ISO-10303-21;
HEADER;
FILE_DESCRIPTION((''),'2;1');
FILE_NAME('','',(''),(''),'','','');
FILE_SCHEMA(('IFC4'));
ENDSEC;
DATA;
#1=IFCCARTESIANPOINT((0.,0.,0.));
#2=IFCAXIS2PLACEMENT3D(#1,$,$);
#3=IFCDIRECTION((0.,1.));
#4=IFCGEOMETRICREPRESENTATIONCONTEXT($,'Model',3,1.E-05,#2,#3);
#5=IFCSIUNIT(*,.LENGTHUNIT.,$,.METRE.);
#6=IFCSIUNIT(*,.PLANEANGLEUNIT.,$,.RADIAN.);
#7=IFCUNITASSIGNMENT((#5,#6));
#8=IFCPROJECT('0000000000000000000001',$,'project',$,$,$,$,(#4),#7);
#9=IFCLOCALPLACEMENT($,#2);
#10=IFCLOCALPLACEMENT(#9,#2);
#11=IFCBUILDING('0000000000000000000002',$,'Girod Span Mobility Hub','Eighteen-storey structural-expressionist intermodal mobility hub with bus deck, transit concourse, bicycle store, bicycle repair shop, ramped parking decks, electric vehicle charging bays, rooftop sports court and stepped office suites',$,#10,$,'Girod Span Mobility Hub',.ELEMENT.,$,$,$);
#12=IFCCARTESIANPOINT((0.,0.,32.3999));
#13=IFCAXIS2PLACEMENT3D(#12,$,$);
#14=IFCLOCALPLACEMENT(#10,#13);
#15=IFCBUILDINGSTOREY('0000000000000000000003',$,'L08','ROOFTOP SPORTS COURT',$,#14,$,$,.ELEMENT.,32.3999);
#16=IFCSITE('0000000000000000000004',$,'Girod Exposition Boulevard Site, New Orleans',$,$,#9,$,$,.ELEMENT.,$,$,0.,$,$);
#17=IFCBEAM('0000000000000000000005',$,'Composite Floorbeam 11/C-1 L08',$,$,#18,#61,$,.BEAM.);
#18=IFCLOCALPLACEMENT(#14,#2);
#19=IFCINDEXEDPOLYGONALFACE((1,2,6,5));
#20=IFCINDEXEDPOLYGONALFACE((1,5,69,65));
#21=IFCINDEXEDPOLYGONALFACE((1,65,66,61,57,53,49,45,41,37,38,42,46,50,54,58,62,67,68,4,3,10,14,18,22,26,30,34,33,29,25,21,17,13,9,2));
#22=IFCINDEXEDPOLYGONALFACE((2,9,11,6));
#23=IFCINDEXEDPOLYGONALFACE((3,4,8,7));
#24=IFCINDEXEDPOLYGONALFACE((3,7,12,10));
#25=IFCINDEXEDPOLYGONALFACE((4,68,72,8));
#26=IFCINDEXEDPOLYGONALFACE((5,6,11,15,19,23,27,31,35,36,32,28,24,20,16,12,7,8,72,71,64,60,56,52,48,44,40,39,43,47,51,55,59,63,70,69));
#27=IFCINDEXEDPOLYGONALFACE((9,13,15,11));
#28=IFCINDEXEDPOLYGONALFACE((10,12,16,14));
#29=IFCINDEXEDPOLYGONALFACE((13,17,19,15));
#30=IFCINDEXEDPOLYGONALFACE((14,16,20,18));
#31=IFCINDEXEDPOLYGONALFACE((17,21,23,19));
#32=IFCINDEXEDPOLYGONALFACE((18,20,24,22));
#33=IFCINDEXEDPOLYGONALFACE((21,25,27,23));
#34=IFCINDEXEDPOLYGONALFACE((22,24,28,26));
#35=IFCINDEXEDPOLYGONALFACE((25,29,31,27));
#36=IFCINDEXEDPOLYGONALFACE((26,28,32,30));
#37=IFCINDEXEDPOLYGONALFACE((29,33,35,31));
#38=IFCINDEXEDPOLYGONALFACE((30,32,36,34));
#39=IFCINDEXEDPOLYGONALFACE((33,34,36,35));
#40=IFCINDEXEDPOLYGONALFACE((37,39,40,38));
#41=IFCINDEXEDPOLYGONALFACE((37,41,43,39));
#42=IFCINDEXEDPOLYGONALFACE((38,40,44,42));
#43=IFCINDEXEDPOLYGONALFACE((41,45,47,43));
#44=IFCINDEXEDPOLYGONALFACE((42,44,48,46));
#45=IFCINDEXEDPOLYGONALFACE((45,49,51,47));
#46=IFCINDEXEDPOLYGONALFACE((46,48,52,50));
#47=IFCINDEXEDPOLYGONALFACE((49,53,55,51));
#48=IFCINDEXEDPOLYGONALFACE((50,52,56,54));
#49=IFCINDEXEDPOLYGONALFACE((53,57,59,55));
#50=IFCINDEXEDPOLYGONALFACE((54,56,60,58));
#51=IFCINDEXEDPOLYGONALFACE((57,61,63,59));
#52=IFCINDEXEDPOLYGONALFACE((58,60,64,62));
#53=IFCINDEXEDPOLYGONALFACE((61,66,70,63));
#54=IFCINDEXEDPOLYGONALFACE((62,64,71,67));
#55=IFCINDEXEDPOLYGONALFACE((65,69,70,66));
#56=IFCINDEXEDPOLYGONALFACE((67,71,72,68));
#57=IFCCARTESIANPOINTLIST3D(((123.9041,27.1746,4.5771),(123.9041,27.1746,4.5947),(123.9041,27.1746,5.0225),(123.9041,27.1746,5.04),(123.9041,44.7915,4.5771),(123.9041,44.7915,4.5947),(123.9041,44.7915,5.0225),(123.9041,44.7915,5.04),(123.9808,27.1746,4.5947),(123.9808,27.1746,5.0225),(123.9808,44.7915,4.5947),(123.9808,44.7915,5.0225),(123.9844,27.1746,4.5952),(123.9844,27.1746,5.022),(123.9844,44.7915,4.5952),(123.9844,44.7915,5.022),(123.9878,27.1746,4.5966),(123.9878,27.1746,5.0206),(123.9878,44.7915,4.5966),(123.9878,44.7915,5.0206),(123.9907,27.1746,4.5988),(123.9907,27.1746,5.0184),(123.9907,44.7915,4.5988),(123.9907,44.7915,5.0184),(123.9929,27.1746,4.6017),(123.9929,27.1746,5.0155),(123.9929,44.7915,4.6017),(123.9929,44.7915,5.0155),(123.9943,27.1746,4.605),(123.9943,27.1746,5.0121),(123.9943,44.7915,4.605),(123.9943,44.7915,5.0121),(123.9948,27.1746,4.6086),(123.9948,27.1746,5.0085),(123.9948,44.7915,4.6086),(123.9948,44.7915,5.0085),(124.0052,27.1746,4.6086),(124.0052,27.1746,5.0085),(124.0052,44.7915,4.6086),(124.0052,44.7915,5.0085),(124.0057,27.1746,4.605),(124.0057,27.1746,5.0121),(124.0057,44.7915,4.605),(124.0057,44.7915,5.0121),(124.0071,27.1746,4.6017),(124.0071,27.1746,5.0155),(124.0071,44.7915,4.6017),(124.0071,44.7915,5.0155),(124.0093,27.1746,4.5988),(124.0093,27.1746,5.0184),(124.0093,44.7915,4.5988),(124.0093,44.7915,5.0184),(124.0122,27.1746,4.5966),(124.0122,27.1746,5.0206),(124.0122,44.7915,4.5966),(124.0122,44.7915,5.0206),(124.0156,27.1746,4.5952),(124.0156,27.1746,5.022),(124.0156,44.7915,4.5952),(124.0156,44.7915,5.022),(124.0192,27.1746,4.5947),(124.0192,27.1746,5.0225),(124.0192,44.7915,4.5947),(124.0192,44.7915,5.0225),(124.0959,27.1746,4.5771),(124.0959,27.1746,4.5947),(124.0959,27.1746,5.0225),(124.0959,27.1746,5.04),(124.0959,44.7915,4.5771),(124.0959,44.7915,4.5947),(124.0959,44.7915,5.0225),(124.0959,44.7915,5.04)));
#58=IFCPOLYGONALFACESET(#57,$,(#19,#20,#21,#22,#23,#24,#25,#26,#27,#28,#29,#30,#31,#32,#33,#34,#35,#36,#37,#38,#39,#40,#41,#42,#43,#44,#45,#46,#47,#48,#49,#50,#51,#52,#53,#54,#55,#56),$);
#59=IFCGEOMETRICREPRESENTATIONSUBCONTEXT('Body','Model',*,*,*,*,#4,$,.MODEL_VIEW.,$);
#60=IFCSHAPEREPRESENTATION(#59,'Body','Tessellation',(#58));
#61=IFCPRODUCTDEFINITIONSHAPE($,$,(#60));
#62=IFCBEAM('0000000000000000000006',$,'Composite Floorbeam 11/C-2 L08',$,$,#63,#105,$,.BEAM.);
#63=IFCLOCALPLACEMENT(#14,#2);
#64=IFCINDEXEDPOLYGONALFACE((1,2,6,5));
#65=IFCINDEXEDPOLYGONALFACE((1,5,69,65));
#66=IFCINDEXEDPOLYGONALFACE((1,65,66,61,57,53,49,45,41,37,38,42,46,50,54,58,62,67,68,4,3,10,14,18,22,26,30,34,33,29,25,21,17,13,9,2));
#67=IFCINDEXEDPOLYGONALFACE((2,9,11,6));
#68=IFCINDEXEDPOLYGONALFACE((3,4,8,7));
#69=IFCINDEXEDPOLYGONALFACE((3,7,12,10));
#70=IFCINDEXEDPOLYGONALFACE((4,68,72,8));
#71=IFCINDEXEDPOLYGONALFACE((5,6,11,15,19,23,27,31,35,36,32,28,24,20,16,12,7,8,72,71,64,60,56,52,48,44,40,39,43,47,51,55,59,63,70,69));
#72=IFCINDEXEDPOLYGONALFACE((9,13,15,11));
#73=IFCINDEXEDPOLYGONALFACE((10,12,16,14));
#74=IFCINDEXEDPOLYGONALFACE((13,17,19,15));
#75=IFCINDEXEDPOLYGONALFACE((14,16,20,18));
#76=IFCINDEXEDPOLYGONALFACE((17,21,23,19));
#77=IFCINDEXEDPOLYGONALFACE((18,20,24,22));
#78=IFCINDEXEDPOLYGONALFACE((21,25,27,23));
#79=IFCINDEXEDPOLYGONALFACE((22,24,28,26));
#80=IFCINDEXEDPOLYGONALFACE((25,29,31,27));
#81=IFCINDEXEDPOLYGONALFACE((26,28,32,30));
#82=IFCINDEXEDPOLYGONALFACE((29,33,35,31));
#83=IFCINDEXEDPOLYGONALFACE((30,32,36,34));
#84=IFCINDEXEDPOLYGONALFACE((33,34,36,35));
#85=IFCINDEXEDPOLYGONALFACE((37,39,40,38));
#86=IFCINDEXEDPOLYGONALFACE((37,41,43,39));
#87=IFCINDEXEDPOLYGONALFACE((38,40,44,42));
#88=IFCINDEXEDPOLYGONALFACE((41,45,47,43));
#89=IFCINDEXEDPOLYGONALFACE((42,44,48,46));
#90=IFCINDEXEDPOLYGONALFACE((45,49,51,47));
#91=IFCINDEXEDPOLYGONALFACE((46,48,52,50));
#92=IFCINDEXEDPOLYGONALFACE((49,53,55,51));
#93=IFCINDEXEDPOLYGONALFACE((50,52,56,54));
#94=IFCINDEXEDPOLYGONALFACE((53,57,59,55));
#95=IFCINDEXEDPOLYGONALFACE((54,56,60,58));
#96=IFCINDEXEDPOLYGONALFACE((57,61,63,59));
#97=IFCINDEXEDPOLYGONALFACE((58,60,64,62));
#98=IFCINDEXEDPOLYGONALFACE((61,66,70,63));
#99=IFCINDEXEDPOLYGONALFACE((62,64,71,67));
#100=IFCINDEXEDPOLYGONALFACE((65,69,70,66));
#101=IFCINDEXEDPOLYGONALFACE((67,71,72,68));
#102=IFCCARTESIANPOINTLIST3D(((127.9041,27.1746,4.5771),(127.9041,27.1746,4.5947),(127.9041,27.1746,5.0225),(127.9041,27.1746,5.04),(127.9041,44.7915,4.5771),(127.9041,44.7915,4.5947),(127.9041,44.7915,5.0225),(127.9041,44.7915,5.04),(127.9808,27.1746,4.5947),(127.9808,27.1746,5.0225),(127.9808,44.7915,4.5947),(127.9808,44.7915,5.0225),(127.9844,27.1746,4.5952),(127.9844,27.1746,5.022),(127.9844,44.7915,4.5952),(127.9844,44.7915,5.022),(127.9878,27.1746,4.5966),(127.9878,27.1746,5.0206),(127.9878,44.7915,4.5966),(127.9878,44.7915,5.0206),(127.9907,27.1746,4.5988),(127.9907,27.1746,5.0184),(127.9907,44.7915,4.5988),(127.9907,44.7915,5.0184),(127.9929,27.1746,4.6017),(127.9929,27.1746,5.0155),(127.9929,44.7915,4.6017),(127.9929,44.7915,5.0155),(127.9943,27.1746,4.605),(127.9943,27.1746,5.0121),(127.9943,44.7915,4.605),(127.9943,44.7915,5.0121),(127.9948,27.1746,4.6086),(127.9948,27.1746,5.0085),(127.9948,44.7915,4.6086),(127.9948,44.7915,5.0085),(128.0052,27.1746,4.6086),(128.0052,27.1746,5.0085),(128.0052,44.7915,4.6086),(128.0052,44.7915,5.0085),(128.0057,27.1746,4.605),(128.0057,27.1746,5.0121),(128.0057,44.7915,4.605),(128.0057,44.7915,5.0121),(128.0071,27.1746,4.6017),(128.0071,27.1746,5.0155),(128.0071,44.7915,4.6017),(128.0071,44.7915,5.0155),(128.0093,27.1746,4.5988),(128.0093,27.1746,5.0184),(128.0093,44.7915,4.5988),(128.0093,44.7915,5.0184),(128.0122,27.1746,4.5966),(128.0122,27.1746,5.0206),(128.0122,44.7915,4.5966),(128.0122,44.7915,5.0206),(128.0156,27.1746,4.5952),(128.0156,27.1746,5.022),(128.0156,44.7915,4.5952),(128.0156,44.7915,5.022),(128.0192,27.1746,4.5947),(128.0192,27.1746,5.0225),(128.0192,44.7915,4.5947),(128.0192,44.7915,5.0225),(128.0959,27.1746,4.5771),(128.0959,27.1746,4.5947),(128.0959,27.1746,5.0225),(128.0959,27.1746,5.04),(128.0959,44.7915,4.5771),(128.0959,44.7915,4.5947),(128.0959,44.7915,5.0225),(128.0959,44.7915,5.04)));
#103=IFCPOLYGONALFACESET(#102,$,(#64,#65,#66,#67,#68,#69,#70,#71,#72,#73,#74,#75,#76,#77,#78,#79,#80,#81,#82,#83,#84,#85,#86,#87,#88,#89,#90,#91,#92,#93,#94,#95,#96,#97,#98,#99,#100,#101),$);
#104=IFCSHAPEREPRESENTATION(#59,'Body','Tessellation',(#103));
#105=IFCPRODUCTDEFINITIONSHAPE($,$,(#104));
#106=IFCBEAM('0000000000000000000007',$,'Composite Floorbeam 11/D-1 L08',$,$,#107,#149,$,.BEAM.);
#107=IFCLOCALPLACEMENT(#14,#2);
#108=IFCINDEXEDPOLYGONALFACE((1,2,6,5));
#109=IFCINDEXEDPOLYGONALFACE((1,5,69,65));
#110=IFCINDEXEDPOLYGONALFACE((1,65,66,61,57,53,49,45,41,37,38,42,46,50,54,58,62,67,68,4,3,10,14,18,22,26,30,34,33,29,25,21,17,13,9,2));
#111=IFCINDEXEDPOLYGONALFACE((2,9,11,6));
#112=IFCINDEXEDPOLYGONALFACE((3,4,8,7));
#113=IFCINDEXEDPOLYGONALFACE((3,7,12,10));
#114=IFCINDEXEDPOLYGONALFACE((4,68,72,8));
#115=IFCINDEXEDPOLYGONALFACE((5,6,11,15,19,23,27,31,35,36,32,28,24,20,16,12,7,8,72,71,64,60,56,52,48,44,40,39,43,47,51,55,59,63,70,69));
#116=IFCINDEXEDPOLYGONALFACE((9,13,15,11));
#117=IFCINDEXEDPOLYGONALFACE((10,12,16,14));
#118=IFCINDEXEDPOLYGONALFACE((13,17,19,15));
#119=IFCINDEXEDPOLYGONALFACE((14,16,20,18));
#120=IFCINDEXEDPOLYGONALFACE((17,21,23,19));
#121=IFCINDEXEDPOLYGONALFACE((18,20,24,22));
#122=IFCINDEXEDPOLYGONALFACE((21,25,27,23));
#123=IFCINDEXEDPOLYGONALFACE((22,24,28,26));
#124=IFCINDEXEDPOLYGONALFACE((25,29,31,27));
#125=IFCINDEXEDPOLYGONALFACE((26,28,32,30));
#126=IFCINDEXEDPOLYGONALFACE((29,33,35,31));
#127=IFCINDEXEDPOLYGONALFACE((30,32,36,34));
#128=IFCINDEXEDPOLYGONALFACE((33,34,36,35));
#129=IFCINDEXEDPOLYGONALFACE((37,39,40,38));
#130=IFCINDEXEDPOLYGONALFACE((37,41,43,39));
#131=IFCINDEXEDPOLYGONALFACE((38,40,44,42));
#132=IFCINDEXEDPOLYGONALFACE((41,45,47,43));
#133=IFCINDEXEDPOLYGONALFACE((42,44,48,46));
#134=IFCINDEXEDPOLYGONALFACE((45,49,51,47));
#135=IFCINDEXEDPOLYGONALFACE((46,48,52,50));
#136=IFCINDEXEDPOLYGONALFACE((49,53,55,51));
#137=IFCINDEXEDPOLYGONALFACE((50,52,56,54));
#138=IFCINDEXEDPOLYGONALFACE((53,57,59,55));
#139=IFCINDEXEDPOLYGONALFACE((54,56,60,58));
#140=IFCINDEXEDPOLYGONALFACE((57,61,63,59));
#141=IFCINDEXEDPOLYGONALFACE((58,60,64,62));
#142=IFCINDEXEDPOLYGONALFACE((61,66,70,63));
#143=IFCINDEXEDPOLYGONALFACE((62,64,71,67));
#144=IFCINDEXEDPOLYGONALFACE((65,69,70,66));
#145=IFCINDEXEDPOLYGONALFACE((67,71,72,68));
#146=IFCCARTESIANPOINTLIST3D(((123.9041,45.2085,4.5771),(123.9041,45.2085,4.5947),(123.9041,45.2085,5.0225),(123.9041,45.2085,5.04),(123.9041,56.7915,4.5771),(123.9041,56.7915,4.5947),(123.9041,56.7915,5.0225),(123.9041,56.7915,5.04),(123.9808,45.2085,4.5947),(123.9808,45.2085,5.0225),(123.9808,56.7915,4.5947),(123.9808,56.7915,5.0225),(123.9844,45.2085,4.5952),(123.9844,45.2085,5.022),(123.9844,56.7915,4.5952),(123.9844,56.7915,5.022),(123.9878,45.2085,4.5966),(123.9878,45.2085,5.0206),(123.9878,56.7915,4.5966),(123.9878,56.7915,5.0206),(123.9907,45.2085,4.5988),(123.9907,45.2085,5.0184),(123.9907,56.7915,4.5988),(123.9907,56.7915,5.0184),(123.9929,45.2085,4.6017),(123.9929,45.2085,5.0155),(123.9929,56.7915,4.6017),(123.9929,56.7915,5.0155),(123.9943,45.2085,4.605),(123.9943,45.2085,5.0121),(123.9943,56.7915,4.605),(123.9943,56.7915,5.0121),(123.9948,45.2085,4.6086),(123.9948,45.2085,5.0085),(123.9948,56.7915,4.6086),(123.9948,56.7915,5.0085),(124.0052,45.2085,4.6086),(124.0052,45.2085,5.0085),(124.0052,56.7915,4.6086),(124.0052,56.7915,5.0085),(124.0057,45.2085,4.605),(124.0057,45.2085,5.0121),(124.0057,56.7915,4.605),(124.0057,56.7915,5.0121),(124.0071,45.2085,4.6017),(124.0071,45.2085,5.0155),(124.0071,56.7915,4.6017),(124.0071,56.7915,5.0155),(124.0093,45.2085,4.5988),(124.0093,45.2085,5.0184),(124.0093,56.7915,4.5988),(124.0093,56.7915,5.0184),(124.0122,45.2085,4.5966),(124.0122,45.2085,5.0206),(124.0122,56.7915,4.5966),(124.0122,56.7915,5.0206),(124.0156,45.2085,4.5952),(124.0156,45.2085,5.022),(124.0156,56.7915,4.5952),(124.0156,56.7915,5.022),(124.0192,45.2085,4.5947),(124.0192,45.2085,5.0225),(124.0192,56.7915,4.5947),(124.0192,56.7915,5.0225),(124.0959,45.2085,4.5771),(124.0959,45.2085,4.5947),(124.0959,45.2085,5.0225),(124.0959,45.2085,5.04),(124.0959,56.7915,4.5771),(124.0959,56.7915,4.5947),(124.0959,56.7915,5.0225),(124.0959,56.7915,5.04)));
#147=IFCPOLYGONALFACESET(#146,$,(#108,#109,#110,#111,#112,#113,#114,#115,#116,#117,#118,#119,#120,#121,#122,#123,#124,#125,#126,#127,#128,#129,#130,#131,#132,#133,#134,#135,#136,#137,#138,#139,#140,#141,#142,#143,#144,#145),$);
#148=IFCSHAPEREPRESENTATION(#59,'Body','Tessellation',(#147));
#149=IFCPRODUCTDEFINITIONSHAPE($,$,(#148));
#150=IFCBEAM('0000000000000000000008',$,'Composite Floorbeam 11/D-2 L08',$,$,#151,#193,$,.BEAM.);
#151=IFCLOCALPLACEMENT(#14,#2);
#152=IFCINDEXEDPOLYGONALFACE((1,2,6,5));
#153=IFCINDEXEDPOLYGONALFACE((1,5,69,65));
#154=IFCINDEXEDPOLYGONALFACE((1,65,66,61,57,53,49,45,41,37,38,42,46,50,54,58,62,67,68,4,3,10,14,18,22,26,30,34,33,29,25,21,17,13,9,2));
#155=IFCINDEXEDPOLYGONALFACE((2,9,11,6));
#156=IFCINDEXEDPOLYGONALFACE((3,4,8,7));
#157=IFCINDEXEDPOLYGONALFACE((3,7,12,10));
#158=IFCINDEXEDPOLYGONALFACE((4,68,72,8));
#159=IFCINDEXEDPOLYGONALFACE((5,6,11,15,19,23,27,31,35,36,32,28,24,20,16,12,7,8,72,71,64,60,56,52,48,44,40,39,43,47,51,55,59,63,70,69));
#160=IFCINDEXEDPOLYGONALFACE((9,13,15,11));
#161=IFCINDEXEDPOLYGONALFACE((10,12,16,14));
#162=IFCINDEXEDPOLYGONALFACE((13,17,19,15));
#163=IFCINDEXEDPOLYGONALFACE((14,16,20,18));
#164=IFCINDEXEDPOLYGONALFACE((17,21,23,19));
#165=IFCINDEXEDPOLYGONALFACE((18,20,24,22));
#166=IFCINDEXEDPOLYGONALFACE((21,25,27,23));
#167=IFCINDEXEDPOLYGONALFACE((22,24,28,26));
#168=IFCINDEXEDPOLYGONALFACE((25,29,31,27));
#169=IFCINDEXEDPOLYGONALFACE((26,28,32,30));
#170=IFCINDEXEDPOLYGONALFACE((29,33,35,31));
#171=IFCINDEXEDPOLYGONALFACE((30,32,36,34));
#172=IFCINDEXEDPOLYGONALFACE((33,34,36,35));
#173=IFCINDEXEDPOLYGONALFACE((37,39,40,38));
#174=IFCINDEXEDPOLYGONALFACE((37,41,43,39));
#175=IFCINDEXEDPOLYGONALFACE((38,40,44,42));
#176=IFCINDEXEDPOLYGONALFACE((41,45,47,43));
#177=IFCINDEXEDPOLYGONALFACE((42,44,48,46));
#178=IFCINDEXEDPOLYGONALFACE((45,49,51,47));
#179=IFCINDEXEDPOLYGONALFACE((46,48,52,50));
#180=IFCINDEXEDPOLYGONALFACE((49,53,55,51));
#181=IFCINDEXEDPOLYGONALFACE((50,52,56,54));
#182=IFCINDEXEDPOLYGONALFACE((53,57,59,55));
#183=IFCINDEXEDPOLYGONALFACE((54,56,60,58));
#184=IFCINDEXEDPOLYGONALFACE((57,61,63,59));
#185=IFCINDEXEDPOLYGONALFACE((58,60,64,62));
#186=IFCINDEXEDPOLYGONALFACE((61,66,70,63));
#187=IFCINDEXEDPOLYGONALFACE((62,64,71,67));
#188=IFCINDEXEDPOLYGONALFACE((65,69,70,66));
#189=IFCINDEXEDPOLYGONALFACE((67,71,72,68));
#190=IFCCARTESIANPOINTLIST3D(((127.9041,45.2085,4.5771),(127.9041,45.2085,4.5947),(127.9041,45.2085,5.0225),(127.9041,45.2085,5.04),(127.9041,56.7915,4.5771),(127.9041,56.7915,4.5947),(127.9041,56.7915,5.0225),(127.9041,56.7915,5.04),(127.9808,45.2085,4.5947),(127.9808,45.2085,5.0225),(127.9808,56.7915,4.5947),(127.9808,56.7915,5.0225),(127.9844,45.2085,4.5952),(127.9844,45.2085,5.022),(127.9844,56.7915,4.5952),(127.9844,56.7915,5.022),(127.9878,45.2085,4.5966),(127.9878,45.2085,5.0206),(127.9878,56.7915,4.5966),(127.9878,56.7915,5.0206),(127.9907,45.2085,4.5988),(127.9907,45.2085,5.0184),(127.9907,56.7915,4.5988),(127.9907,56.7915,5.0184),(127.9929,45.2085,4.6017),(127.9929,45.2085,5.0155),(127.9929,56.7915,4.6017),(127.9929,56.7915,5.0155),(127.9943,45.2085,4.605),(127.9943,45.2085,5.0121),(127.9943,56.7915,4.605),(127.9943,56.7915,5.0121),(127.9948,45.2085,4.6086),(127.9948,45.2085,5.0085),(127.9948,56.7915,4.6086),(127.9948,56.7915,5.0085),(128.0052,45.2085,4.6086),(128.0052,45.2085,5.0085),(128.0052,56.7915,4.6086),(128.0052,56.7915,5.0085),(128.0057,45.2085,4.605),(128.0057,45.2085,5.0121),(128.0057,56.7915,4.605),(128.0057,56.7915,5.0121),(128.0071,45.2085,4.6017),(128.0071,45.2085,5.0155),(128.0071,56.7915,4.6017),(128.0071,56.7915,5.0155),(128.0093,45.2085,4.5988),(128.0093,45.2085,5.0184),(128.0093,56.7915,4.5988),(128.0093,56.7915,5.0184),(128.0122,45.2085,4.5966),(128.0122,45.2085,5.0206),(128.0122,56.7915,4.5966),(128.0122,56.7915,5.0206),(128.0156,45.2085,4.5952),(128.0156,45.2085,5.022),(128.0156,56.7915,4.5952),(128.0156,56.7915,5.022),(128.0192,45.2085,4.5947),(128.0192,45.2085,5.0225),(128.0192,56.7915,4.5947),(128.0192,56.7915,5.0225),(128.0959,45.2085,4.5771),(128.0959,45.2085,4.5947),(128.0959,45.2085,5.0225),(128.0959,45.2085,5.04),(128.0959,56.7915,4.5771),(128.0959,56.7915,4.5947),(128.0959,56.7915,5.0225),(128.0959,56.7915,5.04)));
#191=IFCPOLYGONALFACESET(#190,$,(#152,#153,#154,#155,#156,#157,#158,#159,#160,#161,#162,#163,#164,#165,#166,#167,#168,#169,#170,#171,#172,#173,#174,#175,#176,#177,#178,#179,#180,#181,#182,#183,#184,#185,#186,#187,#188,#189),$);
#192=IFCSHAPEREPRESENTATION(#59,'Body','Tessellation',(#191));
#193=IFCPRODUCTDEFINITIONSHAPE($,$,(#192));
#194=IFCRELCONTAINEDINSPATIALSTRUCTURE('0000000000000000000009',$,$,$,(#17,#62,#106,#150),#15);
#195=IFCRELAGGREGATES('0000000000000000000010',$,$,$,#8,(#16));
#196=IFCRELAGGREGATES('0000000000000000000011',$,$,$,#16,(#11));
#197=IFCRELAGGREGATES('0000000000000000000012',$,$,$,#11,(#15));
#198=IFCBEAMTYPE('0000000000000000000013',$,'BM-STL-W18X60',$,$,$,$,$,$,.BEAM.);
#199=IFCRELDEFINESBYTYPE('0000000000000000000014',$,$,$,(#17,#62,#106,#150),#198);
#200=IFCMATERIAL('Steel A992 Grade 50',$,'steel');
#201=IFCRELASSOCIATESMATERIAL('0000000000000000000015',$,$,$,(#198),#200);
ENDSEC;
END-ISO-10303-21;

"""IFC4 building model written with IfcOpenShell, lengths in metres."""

from ifc_helpers import new_model, si_unit, direction, frame, origin, origin_2d, place, context, subcontext, project, spatial, i_section, extrude, material, material_profile, profile_set, type_object, element, save


model = new_model("IFC4")

# Units and contexts
model_context = context("Model", 3, precision=1e-05, world=origin(), true_north=direction((0.0, 1.0)))
body_context = subcontext(model_context, "Body", "Model", "MODEL_VIEW")
ifc_project = project(units=[si_unit("LENGTHUNIT", "METRE"), si_unit("PLANEANGLEUNIT", "RADIAN")], contexts=[model_context])

# Site, building, storey
site_placement = place(None, origin())
site = spatial("IfcSite", under=ifc_project, at=site_placement, Name="Girod Exposition Boulevard Site, New Orleans", CompositionType="ELEMENT", RefElevation=0.0)
building_placement = place(site_placement, origin())
building = spatial("IfcBuilding", under=site, at=building_placement, Name="Girod Span Mobility Hub", Description="Eighteen-storey structural-expressionist intermodal mobility hub with bus deck, transit concourse, bicycle store, bicycle repair shop, ramped parking decks, electric vehicle charging bays, rooftop sports court and stepped office suites", LongName="Girod Span Mobility Hub", CompositionType="ELEMENT")
storey_placement = place(building_placement, frame((0.0, 0.0, 32.3999)))
storey = spatial("IfcBuildingStorey", under=building, at=storey_placement, Name="L08", Description="ROOFTOP SPORTS COURT", CompositionType="ELEMENT", Elevation=32.3999)

# Beams
ifc_material_1 = material(Name="Steel A992 Grade 50", Category="steel")
ifc_material_profile_1 = material_profile(ifc_material_1, i_section(OverallWidth=0.1919, OverallDepth=0.4629, WebThickness=0.0105, FlangeThickness=0.0176, FilletRadius=0.0139, at=origin_2d()), Name="W18X60")
ifc_profile_set_1 = profile_set([ifc_material_profile_1], Name="Steel A992 Grade 50")
beam_type_1 = type_object("IfcBeamType", Name="BM-STL-W18X60", PredefinedType="BEAM", material=ifc_profile_set_1)
for number, where, z_axis, x_axis, name in (
    (1, (124.0, 27.1746, 4.8086), (0.0, 1.0, 0.0), (-1.0, 0.0, 0.0), "Composite Floorbeam 11/C-1 L08"),
    (2, (128.0, 27.1746, 4.8086), (0.0, 1.0, 0.0), (-1.0, 0.0, 0.0), "Composite Floorbeam 11/C-2 L08"),
):
    element("IfcBeam", number, at=place(storey_placement, frame(where, z_axis=z_axis, x_axis=x_axis)), inside=storey, type_object=beam_type_1, Name=name, PredefinedType="BEAM", context=body_context, shape_type="SweptSolid", body=[
        extrude(i_section(OverallWidth=0.1919, OverallDepth=0.4629, WebThickness=0.0105, FlangeThickness=0.0176, FilletRadius=0.0139, at=origin_2d()), origin(), (0.0, 0.0, 1.0), 17.6169),
    ])
for number, where, z_axis, x_axis, name in (
    (3, (124.0, 45.2085, 4.8086), (0.0, 1.0, 0.0), (-1.0, 0.0, 0.0), "Composite Floorbeam 11/D-1 L08"),
    (4, (128.0, 45.2085, 4.8086), (0.0, 1.0, 0.0), (-1.0, 0.0, 0.0), "Composite Floorbeam 11/D-2 L08"),
):
    element("IfcBeam", number, at=place(storey_placement, frame(where, z_axis=z_axis, x_axis=x_axis)), inside=storey, type_object=beam_type_1, Name=name, PredefinedType="BEAM", context=body_context, shape_type="SweptSolid", body=[
        extrude(i_section(OverallWidth=0.1919, OverallDepth=0.4629, WebThickness=0.0105, FlangeThickness=0.0176, FilletRadius=0.0139, at=origin_2d()), origin(), (0.0, 0.0, 1.0), 11.583),
    ])

save(model, "model.ifc")
